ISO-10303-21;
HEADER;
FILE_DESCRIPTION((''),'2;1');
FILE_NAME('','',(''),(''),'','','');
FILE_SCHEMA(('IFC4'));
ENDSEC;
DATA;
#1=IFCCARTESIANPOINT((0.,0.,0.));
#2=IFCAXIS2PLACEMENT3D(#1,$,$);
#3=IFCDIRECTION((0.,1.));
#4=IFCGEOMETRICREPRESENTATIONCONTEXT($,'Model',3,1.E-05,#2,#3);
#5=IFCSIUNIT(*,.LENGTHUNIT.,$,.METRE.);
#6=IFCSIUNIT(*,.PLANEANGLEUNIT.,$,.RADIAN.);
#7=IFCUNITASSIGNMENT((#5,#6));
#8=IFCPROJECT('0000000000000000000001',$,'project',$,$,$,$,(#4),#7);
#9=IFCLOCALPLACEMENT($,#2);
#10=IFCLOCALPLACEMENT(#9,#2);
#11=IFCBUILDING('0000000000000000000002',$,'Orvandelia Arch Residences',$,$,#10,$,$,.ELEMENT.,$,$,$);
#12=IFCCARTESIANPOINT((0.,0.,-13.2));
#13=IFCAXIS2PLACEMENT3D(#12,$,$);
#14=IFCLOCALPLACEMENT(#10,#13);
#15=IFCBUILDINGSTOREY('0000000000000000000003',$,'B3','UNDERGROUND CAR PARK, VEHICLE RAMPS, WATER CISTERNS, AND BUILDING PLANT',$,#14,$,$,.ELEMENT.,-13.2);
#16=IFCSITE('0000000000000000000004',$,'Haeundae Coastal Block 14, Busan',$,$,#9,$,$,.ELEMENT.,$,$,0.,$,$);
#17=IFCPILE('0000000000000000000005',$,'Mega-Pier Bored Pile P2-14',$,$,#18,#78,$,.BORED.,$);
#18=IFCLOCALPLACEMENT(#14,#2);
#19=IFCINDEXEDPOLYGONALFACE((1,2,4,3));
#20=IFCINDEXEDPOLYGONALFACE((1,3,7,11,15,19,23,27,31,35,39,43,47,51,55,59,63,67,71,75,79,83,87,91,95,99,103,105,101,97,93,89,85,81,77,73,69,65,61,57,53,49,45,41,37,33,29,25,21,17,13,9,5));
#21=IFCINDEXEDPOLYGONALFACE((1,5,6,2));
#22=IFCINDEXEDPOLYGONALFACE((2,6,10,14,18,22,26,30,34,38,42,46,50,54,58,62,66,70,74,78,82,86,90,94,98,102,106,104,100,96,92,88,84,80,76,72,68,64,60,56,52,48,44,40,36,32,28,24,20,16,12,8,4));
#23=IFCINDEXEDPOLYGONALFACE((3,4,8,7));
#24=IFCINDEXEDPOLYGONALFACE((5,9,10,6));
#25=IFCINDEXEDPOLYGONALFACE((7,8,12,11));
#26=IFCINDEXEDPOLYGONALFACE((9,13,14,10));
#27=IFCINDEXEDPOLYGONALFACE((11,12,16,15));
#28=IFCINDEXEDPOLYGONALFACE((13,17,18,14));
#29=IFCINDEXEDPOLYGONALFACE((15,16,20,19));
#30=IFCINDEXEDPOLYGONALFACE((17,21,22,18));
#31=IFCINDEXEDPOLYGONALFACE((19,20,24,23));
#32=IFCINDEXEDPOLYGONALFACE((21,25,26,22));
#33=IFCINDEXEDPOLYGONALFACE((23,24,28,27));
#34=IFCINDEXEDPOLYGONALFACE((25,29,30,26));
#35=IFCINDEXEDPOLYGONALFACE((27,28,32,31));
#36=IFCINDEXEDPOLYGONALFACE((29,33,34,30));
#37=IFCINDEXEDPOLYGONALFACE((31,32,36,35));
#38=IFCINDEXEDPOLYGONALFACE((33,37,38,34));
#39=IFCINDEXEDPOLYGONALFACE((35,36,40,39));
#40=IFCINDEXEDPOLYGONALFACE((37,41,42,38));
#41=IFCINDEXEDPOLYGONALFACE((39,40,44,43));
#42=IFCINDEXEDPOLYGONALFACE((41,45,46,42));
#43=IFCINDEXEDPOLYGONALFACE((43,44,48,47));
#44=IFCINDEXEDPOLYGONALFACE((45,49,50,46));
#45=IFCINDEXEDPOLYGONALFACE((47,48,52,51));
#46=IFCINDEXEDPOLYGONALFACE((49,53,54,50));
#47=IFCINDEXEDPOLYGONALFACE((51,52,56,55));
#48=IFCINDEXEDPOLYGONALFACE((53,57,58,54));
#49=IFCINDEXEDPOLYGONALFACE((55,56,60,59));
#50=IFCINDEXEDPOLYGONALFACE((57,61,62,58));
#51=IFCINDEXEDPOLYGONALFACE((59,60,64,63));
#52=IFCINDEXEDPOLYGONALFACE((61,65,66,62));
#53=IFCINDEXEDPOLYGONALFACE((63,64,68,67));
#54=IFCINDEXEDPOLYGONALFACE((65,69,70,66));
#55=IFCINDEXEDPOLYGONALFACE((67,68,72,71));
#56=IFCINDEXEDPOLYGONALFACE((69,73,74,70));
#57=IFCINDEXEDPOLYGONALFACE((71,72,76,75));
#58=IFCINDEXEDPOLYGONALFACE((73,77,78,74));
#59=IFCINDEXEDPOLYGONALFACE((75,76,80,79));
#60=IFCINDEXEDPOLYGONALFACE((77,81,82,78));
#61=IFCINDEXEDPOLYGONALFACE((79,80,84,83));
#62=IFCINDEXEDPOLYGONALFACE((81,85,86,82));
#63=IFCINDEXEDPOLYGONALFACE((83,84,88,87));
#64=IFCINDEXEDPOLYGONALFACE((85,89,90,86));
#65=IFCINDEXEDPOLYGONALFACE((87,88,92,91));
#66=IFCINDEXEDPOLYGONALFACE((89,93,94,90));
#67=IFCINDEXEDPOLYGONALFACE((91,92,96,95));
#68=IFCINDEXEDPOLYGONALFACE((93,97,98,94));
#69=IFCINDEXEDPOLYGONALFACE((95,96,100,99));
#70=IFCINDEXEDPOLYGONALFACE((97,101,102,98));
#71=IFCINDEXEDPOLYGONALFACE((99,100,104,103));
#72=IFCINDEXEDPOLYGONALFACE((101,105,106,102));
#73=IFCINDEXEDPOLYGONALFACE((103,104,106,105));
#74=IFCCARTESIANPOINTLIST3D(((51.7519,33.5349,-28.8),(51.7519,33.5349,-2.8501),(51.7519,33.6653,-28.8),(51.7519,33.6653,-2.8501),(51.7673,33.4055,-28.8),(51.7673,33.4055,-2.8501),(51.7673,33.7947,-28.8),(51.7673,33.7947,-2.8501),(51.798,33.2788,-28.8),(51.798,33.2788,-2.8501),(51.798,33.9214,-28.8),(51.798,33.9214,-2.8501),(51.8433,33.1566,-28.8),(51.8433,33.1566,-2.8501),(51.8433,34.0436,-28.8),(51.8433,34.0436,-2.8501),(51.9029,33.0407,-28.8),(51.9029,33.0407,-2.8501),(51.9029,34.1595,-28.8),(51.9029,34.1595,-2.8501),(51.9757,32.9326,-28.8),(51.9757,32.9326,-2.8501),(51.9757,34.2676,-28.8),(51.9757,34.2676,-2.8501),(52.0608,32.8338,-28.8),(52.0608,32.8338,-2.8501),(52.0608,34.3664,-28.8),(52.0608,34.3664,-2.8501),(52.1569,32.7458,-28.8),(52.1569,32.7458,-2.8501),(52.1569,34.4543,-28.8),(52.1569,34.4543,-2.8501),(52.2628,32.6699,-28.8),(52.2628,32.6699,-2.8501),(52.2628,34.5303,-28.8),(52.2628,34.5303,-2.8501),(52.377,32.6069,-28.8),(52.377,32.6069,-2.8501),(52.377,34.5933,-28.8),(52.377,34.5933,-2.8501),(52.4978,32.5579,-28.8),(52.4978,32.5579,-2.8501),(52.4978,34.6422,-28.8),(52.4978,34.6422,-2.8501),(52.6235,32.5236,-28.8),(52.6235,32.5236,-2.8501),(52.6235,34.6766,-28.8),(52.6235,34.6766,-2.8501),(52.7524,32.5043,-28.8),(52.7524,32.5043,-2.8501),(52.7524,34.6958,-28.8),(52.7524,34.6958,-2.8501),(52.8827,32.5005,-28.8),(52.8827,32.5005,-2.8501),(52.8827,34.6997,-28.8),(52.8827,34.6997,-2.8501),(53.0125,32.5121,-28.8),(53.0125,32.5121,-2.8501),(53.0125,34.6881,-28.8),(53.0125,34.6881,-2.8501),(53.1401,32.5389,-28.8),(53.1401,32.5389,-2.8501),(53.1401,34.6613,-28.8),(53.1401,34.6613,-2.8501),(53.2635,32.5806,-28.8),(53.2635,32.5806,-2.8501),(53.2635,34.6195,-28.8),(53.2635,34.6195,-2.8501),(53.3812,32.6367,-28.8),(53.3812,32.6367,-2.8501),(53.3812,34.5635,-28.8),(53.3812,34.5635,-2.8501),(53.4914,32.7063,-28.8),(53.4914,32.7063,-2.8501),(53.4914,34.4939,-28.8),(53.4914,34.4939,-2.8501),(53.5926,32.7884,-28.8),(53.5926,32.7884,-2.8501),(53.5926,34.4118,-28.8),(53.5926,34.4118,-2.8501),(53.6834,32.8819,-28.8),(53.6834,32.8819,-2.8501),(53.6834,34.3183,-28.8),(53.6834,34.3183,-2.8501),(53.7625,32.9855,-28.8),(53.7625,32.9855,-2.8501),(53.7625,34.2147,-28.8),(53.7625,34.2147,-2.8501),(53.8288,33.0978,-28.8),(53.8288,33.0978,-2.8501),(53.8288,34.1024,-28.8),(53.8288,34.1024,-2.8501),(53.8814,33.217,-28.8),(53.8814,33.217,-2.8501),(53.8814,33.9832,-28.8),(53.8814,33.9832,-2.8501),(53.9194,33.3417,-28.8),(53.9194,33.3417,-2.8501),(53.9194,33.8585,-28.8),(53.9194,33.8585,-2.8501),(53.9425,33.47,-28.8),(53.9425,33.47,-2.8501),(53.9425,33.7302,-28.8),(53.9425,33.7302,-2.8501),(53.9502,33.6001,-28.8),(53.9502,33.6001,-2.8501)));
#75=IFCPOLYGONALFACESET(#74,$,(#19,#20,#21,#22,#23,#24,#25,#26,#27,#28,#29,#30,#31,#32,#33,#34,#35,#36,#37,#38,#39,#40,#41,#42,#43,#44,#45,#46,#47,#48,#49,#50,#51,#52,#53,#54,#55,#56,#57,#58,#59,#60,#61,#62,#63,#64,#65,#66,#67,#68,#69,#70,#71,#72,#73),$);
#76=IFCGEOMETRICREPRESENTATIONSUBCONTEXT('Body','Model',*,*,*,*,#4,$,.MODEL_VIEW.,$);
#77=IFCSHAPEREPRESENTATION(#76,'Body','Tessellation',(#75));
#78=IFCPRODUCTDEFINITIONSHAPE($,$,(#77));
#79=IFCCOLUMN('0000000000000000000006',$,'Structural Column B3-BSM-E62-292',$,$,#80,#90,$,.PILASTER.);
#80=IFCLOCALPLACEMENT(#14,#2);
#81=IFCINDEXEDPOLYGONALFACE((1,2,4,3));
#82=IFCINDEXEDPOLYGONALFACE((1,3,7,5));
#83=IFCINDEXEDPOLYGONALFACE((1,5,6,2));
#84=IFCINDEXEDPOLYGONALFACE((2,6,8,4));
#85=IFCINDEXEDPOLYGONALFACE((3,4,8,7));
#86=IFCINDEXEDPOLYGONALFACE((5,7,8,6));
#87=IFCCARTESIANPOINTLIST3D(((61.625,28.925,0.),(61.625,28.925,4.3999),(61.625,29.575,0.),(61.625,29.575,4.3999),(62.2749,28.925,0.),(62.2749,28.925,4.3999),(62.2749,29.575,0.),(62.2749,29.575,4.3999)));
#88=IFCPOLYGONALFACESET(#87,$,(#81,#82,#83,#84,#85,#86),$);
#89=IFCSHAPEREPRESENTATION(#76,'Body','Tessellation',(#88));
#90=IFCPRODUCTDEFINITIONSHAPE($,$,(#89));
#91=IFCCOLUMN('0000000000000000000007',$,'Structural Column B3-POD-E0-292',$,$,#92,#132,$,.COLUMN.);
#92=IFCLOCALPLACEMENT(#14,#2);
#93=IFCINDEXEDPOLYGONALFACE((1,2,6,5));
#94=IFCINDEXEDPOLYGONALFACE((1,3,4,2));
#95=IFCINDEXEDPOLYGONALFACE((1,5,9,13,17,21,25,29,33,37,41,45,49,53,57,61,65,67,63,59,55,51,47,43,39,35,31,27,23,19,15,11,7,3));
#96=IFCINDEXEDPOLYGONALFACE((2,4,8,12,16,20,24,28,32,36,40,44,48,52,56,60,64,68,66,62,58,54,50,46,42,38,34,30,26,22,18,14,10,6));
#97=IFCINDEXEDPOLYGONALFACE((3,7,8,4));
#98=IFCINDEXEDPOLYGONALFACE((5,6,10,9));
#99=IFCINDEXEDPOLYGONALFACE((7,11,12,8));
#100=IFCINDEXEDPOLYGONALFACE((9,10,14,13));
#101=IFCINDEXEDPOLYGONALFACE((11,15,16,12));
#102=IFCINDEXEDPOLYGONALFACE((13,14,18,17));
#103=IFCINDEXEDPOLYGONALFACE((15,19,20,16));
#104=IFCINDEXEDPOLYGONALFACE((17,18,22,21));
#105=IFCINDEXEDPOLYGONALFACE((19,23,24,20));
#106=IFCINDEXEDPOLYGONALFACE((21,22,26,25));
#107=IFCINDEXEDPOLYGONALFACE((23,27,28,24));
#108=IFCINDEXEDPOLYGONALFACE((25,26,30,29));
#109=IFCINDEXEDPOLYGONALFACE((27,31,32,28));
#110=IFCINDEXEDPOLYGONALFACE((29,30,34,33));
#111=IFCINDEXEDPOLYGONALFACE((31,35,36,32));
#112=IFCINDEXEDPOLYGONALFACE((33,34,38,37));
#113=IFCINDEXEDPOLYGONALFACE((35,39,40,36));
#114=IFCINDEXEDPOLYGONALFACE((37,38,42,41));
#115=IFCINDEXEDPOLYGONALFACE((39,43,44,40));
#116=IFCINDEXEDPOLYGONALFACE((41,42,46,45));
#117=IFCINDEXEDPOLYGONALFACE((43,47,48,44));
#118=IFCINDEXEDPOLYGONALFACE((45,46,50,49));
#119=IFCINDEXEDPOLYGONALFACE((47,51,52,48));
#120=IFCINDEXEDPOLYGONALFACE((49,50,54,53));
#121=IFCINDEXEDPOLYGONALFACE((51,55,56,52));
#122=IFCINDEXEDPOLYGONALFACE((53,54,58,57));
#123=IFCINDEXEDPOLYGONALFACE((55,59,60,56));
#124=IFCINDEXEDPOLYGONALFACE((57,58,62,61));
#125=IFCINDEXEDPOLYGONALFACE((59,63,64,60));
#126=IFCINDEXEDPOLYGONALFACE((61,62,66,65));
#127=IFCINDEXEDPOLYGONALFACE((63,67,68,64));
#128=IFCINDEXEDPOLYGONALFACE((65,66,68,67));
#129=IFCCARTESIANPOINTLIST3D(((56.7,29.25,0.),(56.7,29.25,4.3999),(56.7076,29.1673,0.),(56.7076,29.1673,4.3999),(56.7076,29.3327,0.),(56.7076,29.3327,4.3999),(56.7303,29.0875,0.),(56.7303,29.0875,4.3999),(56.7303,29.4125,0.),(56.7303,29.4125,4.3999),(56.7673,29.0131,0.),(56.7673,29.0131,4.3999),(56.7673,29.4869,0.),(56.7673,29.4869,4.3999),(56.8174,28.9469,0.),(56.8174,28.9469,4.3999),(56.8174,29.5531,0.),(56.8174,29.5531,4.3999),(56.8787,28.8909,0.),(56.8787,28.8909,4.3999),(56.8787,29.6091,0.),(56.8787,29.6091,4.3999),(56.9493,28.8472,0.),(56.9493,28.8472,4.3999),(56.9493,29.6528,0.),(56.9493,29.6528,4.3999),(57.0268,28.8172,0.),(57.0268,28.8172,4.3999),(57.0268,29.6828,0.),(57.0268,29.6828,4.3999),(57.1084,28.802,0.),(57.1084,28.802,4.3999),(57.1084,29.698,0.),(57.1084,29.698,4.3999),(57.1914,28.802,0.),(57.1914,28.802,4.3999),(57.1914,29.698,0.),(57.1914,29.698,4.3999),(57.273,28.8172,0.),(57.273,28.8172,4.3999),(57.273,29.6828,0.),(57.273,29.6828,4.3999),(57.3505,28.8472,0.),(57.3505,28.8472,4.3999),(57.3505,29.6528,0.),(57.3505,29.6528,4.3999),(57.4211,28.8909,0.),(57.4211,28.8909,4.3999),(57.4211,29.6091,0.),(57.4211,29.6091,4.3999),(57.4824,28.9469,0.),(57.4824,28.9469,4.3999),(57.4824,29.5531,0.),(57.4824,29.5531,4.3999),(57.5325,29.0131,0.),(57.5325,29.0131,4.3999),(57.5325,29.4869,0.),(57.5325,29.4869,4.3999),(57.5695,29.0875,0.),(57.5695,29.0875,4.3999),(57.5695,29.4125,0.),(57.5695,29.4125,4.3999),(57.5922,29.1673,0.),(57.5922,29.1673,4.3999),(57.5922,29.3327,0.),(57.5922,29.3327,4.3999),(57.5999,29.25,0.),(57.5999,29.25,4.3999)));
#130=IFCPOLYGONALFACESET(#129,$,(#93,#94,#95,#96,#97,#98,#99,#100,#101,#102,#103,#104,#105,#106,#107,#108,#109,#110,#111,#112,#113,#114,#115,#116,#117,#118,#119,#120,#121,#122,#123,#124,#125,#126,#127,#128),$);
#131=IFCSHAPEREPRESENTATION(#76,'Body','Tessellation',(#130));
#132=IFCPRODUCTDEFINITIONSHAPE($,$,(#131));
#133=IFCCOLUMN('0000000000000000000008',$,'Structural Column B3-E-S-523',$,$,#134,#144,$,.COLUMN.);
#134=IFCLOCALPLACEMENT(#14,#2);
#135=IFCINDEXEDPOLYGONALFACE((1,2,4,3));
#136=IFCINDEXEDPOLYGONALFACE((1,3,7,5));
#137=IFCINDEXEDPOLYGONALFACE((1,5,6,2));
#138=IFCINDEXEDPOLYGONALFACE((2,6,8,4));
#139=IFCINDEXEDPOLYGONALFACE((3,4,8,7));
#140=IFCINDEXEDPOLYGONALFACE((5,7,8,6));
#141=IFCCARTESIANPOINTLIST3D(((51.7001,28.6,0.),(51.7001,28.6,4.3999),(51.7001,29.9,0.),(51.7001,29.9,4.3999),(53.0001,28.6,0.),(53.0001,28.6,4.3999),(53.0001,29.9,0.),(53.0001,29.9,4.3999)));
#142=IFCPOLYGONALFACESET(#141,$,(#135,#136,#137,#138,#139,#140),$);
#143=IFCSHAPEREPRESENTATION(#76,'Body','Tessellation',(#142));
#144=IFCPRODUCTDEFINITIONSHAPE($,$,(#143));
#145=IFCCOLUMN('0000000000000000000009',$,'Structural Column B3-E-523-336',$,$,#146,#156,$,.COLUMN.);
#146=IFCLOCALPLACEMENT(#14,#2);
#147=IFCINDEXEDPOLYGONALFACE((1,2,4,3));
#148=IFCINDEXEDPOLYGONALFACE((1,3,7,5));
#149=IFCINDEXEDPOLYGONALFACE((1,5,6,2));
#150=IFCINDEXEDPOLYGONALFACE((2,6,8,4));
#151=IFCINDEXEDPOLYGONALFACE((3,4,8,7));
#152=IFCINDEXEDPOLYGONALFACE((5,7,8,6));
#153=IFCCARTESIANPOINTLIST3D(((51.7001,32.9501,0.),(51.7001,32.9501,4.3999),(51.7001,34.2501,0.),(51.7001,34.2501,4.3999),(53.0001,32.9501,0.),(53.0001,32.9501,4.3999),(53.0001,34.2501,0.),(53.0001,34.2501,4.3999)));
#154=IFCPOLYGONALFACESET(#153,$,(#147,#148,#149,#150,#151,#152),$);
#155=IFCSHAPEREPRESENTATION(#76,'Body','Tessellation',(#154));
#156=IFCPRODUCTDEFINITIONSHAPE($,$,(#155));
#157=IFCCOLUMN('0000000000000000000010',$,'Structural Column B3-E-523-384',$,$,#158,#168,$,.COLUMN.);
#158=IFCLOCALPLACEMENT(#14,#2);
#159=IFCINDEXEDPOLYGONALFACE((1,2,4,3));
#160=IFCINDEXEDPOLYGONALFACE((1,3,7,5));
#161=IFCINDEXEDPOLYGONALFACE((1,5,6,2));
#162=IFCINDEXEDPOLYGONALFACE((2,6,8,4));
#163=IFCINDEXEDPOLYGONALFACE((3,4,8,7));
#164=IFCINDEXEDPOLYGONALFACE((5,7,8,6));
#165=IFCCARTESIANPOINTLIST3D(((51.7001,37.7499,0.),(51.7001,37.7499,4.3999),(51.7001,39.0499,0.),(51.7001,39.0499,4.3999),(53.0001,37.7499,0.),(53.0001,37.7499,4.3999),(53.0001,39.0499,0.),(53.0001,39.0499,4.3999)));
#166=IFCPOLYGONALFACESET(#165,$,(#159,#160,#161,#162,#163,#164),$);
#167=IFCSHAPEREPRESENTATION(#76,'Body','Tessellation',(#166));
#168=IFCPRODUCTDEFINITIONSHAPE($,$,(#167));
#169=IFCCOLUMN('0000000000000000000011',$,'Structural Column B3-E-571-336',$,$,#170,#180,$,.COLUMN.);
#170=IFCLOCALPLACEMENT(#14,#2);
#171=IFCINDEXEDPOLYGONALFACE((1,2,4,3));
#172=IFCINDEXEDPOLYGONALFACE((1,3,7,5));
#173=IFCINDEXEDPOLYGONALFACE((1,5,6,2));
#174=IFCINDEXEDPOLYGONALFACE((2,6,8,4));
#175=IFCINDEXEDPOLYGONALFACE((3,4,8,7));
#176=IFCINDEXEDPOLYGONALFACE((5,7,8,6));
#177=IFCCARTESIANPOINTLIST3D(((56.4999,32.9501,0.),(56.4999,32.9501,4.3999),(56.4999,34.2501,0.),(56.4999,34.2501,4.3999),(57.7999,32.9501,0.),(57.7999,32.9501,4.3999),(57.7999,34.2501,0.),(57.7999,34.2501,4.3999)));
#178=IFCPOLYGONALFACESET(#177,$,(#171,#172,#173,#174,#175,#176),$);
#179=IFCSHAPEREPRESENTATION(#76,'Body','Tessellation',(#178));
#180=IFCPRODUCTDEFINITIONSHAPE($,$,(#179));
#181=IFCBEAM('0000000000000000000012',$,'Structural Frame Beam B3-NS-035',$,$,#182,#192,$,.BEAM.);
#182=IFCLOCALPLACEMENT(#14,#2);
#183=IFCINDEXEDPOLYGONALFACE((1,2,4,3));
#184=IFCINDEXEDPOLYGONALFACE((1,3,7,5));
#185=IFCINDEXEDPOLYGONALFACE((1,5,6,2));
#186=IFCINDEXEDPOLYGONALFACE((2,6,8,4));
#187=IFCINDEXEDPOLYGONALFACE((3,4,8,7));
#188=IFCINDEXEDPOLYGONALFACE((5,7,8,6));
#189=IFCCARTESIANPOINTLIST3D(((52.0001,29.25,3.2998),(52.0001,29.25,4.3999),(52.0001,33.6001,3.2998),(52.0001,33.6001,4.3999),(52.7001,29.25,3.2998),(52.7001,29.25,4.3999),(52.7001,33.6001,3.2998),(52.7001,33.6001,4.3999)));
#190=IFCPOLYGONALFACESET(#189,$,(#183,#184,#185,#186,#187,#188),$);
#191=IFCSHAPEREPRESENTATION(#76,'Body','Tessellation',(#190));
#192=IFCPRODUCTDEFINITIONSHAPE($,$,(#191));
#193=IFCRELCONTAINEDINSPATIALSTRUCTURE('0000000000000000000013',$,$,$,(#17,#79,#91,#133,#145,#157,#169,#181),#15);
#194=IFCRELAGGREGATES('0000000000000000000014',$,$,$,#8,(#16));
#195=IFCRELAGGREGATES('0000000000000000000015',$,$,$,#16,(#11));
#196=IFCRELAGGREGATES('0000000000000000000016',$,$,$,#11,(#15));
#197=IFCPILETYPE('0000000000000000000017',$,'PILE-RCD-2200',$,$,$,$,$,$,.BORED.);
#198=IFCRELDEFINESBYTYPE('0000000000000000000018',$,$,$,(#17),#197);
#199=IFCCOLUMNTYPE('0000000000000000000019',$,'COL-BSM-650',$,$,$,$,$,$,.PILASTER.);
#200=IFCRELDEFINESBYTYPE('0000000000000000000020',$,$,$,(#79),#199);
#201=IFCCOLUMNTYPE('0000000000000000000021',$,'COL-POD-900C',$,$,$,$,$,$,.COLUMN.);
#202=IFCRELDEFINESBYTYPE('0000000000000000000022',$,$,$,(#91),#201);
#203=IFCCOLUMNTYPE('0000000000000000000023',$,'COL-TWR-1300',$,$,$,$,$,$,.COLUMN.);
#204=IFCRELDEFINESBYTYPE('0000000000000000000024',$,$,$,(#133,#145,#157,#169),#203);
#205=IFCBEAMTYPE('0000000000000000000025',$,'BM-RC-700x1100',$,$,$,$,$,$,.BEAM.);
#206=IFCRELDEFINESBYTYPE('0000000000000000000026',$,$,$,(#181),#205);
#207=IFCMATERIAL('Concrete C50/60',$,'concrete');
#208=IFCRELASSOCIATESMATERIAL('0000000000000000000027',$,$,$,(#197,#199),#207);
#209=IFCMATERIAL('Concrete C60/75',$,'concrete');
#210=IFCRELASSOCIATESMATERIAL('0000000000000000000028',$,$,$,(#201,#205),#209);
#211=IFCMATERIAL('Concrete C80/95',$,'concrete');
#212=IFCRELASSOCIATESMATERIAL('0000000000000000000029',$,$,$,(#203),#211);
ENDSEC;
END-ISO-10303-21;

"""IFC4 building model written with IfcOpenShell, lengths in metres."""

from ifc_helpers import new_model, si_unit, direction, frame, origin, origin_2d, place, context, subcontext, project, spatial, rectangle, circle, extrude, material, material_profile, profile_set, type_object, element, save


model = new_model("IFC4")

# Units and contexts
model_context = context("Model", 3, precision=1e-05, world=origin(), true_north=direction((0.0, 1.0)))
body_context = subcontext(model_context, "Body", "Model", "MODEL_VIEW")
ifc_project = project(units=[si_unit("LENGTHUNIT", "METRE"), si_unit("PLANEANGLEUNIT", "RADIAN")], contexts=[model_context])

# Site, building, storey
site_placement = place(None, origin())
site = spatial("IfcSite", under=ifc_project, at=site_placement, Name="Haeundae Coastal Block 14, Busan", CompositionType="ELEMENT", RefElevation=0.0)
building_placement = place(site_placement, origin())
building = spatial("IfcBuilding", under=site, at=building_placement, Name="Orvandelia Arch Residences", CompositionType="ELEMENT")
storey_placement = place(building_placement, frame((0.0, 0.0, -13.2)))
storey = spatial("IfcBuildingStorey", under=building, at=storey_placement, Name="B3", Description="UNDERGROUND CAR PARK, VEHICLE RAMPS, WATER CISTERNS, AND BUILDING PLANT", CompositionType="ELEMENT", Elevation=-13.2)

# Shared definitions
ifc_material_1 = material(Name="Concrete C50/60", Category="concrete")

# Pile
ifc_material_profile_1 = material_profile(ifc_material_1, circle(Radius=1.1001, at=origin_2d()), Name="Concrete C50/60", Category="concrete")
ifc_profile_set_1 = profile_set([ifc_material_profile_1], Name="Concrete C50/60")
pile_type = type_object("IfcPileType", Name="PILE-RCD-2200", PredefinedType="BORED", material=ifc_profile_set_1)
pile_placement = place(storey_placement, frame((52.8501, 33.6001, -2.8501), z_axis=(0.0, 0.0, -1.0), x_axis=(1.0, 0.0, 0.0)))
element("IfcPile", 1, at=pile_placement, inside=storey, type_object=pile_type, Name="Mega-Pier Bored Pile P2-14", PredefinedType="BORED", context=body_context, shape_type="SweptSolid", body=[
    extrude(circle(Radius=1.1001, at=origin_2d()), origin(), (0.0, 0.0, 1.0), 25.95),
])

# Columns
ifc_material_profile_2 = material_profile(ifc_material_1, rectangle(XDim=0.6499, YDim=0.6499, at=origin_2d()), Name="Concrete C50/60", Category="concrete")
ifc_profile_set_2 = profile_set([ifc_material_profile_2], Name="Concrete C50/60")
column_type_1 = type_object("IfcColumnType", Name="COL-BSM-650", PredefinedType="PILASTER", material=ifc_profile_set_2)
column_1_placement = place(storey_placement, frame((61.95, 29.25, 0.0), z_axis=(0.0, 0.0, 1.0), x_axis=(1.0, 0.0, 0.0)))
element("IfcColumn", 2, at=column_1_placement, inside=storey, type_object=column_type_1, Name="Structural Column B3-BSM-E62-292", PredefinedType="PILASTER", context=body_context, shape_type="SweptSolid", body=[
    extrude(rectangle(XDim=0.6499, YDim=0.6499, at=origin_2d()), origin(), (0.0, 0.0, 1.0), 4.3999),
])
ifc_material_2 = material(Name="Concrete C60/75", Category="concrete")
ifc_material_profile_3 = material_profile(ifc_material_2, circle(Radius=0.45, at=origin_2d()), Name="Concrete C60/75", Category="concrete")
ifc_profile_set_3 = profile_set([ifc_material_profile_3], Name="Concrete C60/75")
column_type_2 = type_object("IfcColumnType", Name="COL-POD-900C", PredefinedType="COLUMN", material=ifc_profile_set_3)
column_2_placement = place(storey_placement, frame((57.1499, 29.25, 0.0), z_axis=(0.0, 0.0, 1.0), x_axis=(1.0, 0.0, 0.0)))
element("IfcColumn", 3, at=column_2_placement, inside=storey, type_object=column_type_2, Name="Structural Column B3-POD-E0-292", PredefinedType="COLUMN", context=body_context, shape_type="SweptSolid", body=[
    extrude(circle(Radius=0.45, at=origin_2d()), origin(), (0.0, 0.0, 1.0), 4.3999),
])
ifc_material_3 = material(Name="Concrete C80/95", Category="concrete")
ifc_material_profile_4 = material_profile(ifc_material_3, rectangle(XDim=1.3, YDim=1.3, at=origin_2d()), Name="Concrete C80/95", Category="concrete")
ifc_profile_set_4 = profile_set([ifc_material_profile_4], Name="Concrete C80/95")
column_type_3 = type_object("IfcColumnType", Name="COL-TWR-1300", PredefinedType="COLUMN", material=ifc_profile_set_4)
for number, where, z_axis, x_axis, name in (
    (4, (52.3501, 29.25, 0.0), (0.0, 0.0, 1.0), (1.0, 0.0, 0.0), "Structural Column B3-E-S-523"),
    (5, (52.3501, 33.6001, 0.0), (0.0, 0.0, 1.0), (1.0, 0.0, 0.0), "Structural Column B3-E-523-336"),
    (6, (52.3501, 38.3999, 0.0), (0.0, 0.0, 1.0), (1.0, 0.0, 0.0), "Structural Column B3-E-523-384"),
    (7, (57.1499, 33.6001, 0.0), (0.0, 0.0, 1.0), (1.0, 0.0, 0.0), "Structural Column B3-E-571-336"),
):
    element("IfcColumn", number, at=place(storey_placement, frame(where, z_axis=z_axis, x_axis=x_axis)), inside=storey, type_object=column_type_3, Name=name, PredefinedType="COLUMN", context=body_context, shape_type="SweptSolid", body=[
        extrude(rectangle(XDim=1.3, YDim=1.3, at=origin_2d()), origin(), (0.0, 0.0, 1.0), 4.3999),
    ])

# Beam
ifc_material_profile_5 = material_profile(ifc_material_2, rectangle(XDim=0.7, YDim=1.1001, at=origin_2d()), Name="Concrete C60/75", Category="concrete")
ifc_profile_set_5 = profile_set([ifc_material_profile_5], Name="Concrete C60/75")
beam_type = type_object("IfcBeamType", Name="BM-RC-700x1100", PredefinedType="BEAM", material=ifc_profile_set_5)
beam_1_placement = place(storey_placement, frame((52.3501, 29.25, 3.8499), z_axis=(0.0, 1.0, 0.0), x_axis=(-1.0, 0.0, 0.0)))
element("IfcBeam", 8, at=beam_1_placement, inside=storey, type_object=beam_type, Name="Structural Frame Beam B3-NS-035", PredefinedType="BEAM", context=body_context, shape_type="SweptSolid", body=[
    extrude(rectangle(XDim=0.7, YDim=1.1001, at=origin_2d()), origin(), (0.0, 0.0, 1.0), 4.3501),
])

save(model, "model.ifc")
